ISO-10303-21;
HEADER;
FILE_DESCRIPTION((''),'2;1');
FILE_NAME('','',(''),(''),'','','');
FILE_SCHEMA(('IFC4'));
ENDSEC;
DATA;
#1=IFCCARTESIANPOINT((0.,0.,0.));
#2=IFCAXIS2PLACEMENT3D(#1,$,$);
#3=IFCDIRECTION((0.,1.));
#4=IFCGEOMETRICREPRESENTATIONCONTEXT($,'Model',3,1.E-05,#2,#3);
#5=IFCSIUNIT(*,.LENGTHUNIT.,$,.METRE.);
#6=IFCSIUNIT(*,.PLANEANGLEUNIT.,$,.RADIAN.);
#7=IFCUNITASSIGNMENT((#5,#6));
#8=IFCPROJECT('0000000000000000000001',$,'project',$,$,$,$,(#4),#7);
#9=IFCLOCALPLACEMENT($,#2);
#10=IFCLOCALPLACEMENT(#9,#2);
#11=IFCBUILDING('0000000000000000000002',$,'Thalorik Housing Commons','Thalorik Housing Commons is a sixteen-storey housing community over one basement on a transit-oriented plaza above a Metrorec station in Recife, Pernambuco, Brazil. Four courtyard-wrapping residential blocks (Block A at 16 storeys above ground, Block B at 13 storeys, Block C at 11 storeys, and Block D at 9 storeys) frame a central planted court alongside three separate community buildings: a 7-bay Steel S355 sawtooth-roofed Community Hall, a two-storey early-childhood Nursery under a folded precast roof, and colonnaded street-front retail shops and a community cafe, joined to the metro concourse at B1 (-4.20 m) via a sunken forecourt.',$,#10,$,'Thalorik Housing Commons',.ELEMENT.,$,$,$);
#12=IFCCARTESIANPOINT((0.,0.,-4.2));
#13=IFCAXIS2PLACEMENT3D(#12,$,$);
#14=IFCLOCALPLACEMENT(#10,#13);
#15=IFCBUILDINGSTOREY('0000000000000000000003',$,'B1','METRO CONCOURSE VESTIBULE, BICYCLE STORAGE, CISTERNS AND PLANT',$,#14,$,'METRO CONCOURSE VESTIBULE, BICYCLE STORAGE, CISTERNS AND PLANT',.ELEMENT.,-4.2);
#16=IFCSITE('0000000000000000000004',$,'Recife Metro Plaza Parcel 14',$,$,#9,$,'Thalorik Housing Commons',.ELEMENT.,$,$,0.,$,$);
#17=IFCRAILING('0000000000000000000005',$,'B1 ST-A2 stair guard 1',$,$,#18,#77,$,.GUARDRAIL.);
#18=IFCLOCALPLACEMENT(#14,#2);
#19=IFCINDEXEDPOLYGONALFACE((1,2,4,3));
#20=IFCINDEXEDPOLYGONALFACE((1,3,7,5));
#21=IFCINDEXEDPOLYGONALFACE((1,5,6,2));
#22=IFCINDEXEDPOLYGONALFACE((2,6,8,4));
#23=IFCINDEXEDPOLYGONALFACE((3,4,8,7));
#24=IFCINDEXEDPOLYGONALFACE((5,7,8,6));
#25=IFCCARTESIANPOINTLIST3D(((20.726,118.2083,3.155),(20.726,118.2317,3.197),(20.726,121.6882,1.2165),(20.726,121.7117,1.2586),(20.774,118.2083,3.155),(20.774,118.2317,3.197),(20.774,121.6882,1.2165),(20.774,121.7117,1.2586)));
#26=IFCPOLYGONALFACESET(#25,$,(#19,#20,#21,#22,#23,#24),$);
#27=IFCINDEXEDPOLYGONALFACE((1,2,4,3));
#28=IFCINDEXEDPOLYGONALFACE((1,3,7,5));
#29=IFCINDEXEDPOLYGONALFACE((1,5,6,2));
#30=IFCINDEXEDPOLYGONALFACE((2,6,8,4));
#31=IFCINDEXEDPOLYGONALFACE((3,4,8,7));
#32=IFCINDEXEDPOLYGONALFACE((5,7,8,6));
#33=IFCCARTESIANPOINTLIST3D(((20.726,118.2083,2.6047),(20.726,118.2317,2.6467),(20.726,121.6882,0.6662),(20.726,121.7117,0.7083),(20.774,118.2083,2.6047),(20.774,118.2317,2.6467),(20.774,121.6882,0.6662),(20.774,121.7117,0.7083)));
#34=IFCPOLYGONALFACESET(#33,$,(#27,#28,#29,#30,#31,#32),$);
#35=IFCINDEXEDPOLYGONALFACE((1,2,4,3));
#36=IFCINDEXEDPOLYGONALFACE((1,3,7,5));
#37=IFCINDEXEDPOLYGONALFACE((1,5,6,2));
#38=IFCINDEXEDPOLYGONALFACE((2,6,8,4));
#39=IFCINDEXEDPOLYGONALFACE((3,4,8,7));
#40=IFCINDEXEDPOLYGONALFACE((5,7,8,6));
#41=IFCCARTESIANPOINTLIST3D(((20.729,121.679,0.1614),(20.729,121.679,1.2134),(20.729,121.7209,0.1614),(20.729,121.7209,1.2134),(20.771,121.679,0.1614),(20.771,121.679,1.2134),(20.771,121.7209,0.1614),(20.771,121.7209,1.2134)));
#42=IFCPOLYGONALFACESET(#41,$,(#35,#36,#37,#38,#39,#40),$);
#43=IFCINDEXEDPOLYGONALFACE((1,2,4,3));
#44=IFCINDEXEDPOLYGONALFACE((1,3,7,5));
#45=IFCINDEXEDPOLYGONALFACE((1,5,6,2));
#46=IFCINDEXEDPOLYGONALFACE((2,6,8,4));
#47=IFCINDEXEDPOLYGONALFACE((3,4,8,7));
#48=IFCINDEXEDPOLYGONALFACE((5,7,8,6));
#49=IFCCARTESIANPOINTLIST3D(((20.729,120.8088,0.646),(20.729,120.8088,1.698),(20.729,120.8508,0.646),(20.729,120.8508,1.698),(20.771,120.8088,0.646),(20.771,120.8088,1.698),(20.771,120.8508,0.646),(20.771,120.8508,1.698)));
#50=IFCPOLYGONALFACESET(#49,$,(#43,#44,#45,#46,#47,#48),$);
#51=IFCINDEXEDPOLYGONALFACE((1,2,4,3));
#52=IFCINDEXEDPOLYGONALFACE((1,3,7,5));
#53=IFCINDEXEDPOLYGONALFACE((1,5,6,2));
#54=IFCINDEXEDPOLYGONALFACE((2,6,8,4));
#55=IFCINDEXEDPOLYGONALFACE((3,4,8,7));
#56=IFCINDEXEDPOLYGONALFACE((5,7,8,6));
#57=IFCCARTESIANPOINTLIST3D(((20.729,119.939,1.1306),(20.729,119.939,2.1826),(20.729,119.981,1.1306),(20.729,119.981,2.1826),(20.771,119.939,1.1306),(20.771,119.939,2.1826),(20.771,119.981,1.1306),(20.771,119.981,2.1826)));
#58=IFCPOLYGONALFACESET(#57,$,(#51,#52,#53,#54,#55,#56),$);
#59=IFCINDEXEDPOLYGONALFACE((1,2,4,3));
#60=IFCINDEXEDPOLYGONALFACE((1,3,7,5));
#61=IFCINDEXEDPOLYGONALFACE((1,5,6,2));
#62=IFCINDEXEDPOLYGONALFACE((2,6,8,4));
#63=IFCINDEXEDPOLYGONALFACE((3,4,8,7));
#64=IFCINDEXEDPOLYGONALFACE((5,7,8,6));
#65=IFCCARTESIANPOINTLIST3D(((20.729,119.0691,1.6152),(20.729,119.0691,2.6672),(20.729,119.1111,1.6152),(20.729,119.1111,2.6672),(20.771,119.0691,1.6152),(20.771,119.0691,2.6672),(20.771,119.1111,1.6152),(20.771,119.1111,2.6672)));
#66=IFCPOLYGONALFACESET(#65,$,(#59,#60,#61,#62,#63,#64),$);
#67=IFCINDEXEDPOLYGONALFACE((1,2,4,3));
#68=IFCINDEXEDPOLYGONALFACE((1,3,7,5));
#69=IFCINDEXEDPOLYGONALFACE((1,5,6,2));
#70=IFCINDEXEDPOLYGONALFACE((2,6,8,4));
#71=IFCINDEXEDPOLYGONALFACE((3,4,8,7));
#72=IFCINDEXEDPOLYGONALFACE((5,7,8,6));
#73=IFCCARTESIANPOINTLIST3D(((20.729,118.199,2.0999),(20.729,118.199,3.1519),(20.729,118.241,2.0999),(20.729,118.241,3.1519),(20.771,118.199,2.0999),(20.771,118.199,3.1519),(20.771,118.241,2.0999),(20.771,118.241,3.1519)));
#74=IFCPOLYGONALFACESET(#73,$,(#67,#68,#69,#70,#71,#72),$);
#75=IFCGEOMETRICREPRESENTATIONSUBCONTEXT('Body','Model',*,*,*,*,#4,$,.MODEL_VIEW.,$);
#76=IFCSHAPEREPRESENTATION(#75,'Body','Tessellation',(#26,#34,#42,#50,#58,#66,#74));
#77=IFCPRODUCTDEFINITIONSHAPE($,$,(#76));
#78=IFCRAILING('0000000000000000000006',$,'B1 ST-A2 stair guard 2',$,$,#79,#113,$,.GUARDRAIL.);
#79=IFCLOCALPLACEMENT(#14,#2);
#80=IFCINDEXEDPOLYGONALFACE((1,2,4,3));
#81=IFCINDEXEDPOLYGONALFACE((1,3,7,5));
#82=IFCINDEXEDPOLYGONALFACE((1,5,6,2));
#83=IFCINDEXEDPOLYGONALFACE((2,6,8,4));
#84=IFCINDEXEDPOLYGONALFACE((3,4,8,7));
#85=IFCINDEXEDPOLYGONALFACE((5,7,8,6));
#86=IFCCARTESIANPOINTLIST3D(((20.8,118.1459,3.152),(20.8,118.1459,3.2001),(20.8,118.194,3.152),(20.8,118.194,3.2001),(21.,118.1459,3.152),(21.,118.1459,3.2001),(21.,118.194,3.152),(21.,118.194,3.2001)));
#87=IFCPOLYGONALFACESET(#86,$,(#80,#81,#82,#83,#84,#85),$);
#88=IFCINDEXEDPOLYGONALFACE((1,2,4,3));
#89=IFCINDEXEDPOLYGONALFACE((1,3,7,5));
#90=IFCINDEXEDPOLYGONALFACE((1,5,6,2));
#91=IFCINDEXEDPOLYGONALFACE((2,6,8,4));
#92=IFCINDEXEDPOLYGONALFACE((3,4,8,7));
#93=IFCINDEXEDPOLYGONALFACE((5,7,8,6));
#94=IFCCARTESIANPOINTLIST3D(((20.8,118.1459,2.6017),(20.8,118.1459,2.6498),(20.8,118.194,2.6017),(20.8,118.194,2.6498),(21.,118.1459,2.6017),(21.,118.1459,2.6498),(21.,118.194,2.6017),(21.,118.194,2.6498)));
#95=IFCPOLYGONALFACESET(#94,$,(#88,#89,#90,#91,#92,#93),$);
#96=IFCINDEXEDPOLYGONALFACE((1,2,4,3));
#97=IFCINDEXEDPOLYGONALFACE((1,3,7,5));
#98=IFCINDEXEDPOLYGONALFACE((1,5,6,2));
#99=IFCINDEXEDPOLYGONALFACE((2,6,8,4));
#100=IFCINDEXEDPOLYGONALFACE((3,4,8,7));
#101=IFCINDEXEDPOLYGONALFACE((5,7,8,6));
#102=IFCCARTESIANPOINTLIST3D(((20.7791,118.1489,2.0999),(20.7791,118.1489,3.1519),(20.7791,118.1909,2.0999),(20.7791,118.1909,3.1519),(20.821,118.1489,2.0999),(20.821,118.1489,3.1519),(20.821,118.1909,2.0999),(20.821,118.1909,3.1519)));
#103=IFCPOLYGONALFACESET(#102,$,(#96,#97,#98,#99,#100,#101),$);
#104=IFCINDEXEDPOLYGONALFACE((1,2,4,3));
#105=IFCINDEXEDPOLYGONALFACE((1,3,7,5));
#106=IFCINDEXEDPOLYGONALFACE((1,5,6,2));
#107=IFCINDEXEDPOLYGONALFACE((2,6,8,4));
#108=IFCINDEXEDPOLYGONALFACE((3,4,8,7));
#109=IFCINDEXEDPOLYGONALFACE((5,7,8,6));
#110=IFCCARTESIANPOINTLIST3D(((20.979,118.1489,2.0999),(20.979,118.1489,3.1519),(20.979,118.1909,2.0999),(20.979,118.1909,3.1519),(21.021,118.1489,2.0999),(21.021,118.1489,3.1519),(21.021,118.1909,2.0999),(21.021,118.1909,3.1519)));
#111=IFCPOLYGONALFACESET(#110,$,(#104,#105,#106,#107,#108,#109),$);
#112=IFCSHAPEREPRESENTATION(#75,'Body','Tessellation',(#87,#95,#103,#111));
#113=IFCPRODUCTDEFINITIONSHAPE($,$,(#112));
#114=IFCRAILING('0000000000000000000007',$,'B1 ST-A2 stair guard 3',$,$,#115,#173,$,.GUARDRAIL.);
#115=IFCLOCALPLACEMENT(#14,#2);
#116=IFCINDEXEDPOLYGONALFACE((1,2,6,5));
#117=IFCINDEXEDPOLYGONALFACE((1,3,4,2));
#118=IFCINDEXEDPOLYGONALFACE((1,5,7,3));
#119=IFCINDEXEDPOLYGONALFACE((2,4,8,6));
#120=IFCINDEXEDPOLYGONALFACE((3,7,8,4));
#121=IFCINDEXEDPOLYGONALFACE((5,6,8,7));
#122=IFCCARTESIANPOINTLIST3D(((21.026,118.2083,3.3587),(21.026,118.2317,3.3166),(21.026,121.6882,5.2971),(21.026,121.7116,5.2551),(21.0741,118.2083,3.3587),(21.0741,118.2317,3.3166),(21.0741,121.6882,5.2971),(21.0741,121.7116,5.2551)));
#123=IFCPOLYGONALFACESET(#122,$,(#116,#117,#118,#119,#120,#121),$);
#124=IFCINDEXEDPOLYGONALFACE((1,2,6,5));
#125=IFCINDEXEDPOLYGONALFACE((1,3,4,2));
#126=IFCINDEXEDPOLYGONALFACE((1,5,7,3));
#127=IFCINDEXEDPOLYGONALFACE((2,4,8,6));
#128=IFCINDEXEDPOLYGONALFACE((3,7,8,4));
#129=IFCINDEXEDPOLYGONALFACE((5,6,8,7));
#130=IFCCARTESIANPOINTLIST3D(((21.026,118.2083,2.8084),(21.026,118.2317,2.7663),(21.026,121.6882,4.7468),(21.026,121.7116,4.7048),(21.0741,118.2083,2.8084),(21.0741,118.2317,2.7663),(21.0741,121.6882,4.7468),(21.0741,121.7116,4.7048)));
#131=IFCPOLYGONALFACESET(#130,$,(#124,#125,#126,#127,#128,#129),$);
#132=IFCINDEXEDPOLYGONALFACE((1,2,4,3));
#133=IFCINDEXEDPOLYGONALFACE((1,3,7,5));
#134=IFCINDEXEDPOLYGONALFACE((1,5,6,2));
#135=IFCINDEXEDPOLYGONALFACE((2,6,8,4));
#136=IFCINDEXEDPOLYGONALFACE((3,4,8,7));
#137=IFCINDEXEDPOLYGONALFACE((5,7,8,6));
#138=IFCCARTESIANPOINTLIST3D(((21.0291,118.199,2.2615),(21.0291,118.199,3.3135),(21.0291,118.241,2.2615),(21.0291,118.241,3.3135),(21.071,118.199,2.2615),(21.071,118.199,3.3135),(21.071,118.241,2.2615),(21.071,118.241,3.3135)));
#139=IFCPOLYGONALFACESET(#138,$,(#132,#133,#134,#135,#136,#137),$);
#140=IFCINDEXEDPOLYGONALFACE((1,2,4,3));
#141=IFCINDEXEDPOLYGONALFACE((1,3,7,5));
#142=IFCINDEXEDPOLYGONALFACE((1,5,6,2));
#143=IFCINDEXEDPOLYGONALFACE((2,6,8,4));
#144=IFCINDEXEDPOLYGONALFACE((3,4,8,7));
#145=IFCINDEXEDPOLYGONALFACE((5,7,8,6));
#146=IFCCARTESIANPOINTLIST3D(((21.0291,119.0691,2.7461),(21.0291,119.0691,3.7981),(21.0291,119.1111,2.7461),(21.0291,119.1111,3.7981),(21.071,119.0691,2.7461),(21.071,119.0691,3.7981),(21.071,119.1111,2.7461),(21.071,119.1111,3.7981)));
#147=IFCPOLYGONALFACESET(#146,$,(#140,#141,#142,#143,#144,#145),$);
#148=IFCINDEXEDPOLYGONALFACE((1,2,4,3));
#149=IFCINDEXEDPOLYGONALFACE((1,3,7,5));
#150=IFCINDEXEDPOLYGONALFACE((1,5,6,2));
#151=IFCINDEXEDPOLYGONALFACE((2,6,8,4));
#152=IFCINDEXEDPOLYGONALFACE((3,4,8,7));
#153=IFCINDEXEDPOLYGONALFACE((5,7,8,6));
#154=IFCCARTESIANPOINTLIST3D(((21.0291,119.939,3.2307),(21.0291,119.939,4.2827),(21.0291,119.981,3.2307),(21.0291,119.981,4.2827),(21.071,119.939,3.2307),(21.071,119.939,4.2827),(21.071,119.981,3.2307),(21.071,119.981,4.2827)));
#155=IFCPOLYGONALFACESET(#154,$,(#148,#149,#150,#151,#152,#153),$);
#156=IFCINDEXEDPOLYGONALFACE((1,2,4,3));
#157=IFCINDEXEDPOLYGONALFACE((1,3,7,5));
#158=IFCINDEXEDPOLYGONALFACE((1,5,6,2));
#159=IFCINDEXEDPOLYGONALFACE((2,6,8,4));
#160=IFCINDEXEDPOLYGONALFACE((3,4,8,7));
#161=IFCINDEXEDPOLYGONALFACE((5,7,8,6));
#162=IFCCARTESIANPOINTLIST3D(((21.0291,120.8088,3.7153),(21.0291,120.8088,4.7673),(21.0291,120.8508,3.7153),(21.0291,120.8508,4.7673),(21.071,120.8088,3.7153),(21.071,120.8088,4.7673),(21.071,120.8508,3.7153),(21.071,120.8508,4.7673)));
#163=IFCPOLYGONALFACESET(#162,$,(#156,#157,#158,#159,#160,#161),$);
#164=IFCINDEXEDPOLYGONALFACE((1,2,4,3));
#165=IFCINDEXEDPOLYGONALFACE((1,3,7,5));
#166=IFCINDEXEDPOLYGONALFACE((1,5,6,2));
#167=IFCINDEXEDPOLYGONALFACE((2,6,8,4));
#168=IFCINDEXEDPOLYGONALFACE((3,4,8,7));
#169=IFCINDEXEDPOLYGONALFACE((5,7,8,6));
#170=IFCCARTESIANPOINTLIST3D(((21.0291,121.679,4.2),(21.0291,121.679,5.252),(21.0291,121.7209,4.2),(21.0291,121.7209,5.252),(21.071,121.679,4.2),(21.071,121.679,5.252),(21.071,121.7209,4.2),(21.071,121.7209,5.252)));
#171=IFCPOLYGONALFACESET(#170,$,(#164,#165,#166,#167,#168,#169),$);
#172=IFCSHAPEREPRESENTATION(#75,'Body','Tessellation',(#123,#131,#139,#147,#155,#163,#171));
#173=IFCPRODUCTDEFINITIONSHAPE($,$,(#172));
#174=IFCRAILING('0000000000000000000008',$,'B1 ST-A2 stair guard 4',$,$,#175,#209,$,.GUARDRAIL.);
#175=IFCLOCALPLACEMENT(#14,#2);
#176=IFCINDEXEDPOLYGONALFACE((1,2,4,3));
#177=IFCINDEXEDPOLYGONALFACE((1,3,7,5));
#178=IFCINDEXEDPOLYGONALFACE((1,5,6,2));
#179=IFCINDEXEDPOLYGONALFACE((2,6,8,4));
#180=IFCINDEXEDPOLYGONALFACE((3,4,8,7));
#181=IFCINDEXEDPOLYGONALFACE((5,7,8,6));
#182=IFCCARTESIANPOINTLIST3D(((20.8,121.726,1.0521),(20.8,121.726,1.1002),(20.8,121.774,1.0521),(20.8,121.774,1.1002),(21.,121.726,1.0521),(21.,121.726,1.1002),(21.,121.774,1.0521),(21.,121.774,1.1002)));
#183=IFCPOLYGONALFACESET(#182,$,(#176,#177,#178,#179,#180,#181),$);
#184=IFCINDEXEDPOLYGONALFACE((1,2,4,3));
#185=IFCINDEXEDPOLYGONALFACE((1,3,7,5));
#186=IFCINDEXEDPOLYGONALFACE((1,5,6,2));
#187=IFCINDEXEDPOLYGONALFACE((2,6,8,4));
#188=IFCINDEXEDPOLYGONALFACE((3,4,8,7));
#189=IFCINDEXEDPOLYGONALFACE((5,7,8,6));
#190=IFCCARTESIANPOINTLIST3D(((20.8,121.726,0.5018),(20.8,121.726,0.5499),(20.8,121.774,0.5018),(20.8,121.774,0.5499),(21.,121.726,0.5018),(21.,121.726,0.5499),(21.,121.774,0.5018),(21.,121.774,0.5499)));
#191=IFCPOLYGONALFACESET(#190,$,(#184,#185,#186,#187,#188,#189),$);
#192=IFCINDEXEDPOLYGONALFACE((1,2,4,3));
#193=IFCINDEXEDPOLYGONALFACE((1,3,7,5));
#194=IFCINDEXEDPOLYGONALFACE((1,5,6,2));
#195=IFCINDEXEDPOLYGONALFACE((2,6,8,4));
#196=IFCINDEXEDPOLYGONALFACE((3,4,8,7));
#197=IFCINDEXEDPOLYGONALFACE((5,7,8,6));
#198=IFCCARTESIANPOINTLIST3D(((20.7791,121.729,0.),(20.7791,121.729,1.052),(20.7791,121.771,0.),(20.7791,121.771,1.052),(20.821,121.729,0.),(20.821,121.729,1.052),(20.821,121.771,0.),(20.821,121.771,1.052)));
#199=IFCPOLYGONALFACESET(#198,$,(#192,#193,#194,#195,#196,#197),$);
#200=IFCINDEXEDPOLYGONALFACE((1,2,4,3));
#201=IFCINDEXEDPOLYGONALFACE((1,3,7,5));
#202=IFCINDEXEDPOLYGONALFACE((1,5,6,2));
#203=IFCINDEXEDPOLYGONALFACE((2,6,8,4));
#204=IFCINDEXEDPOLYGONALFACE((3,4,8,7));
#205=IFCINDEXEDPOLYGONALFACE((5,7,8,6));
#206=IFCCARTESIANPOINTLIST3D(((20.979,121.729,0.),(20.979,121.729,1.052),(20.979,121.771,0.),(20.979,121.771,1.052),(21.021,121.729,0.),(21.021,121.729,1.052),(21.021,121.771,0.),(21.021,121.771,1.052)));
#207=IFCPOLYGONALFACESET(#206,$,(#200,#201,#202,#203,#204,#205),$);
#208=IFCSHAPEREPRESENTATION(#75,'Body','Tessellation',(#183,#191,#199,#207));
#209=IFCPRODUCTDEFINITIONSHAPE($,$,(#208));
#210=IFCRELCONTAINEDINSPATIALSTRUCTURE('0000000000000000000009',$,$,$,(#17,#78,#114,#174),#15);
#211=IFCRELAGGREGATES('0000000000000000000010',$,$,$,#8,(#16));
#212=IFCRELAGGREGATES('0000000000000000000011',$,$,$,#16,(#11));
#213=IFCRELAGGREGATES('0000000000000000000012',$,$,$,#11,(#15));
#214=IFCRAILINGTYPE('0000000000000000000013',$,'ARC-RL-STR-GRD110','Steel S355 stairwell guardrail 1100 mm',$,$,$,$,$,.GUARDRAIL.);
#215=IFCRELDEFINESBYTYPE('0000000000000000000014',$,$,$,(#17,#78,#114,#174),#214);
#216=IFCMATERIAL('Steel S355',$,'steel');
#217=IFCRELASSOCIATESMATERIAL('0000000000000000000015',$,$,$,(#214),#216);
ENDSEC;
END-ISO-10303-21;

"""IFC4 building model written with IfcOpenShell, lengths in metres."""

from ifc_helpers import new_model, si_unit, direction, frame, origin, origin_2d, place, context, subcontext, project, spatial, rectangle, extrude, material, type_object, element, save


model = new_model("IFC4")

# Units and contexts
model_context = context("Model", 3, precision=1e-05, world=origin(), true_north=direction((0.0, 1.0)))
body_context = subcontext(model_context, "Body", "Model", "MODEL_VIEW")
ifc_project = project(units=[si_unit("LENGTHUNIT", "METRE"), si_unit("PLANEANGLEUNIT", "RADIAN")], contexts=[model_context])

# Site, building, storey
site_placement = place(None, origin())
site = spatial("IfcSite", under=ifc_project, at=site_placement, Name="Recife Metro Plaza Parcel 14", LongName="Thalorik Housing Commons", CompositionType="ELEMENT", RefElevation=0.0)
building_placement = place(site_placement, origin())
building = spatial("IfcBuilding", under=site, at=building_placement, Name="Thalorik Housing Commons", Description="Thalorik Housing Commons is a sixteen-storey housing community over one basement on a transit-oriented plaza above a Metrorec station in Recife, Pernambuco, Brazil. Four courtyard-wrapping residential blocks (Block A at 16 storeys above ground, Block B at 13 storeys, Block C at 11 storeys, and Block D at 9 storeys) frame a central planted court alongside three separate community buildings: a 7-bay Steel S355 sawtooth-roofed Community Hall, a two-storey early-childhood Nursery under a folded precast roof, and colonnaded street-front retail shops and a community cafe, joined to the metro concourse at B1 (-4.20 m) via a sunken forecourt.", LongName="Thalorik Housing Commons", CompositionType="ELEMENT")
storey_placement = place(building_placement, frame((0.0, 0.0, -4.2)))
storey = spatial("IfcBuildingStorey", under=building, at=storey_placement, Name="B1", Description="METRO CONCOURSE VESTIBULE, BICYCLE STORAGE, CISTERNS AND PLANT", LongName="METRO CONCOURSE VESTIBULE, BICYCLE STORAGE, CISTERNS AND PLANT", CompositionType="ELEMENT", Elevation=-4.2)

# Shared definitions
ifc_material_1 = material(Name="Steel S355", Category="steel")

# Railings
railing_type_1 = type_object("IfcRailingType", Name="ARC-RL-STR-GRD110", Description="Steel S355 stairwell guardrail 1100 mm", PredefinedType="GUARDRAIL", material=ifc_material_1)
railing_1_placement = place(storey_placement, frame((20.75, 121.7, 0.1614)))
element("IfcRailing", 1, at=railing_1_placement, inside=storey, type_object=railing_type_1, Name="B1 ST-A2 stair guard 1", PredefinedType="GUARDRAIL", context=body_context, shape_type="SweptSolid", body=[
    extrude(rectangle(XDim=0.0481, YDim=0.0481, at=origin_2d()), frame((0.0, 0.0, 1.0762), z_axis=(0.0, -0.873607, 0.486631), x_axis=(1.0, 0.0, 0.0)), (0.0, 0.0, 1.0), 3.9834),
    extrude(rectangle(XDim=0.0481, YDim=0.0481, at=origin_2d()), frame((0.0, 0.0, 0.5259), z_axis=(0.0, -0.873607, 0.486631), x_axis=(1.0, 0.0, 0.0)), (0.0, 0.0, 1.0), 3.9834),
    extrude(rectangle(XDim=0.042, YDim=0.042, at=origin_2d()), origin(), (0.0, 0.0, 1.0), 1.052),
    extrude(rectangle(XDim=0.042, YDim=0.042, at=origin_2d()), frame((0.0, -0.8701, 0.4846)), (0.0, 0.0, 1.0), 1.052),
    extrude(rectangle(XDim=0.042, YDim=0.042, at=origin_2d()), frame((0.0, -1.74, 0.9692)), (0.0, 0.0, 1.0), 1.052),
    extrude(rectangle(XDim=0.042, YDim=0.042, at=origin_2d()), frame((0.0, -2.6099, 1.4539)), (0.0, 0.0, 1.0), 1.052),
    extrude(rectangle(XDim=0.042, YDim=0.042, at=origin_2d()), frame((0.0, -3.48, 1.9385)), (0.0, 0.0, 1.0), 1.052),
])
railing_2_placement = place(storey_placement, frame((20.8, 118.1699, 2.0999)))
element("IfcRailing", 2, at=railing_2_placement, inside=storey, type_object=railing_type_1, Name="B1 ST-A2 stair guard 2", PredefinedType="GUARDRAIL", context=body_context, shape_type="SweptSolid", body=[
    extrude(rectangle(XDim=0.0481, YDim=0.0481, at=origin_2d()), frame((0.0, 0.0, 1.0762), z_axis=(1.0, 0.0, 0.0), x_axis=(0.0, 1.0, 0.0)), (0.0, 0.0, 1.0), 0.2),
    extrude(rectangle(XDim=0.0481, YDim=0.0481, at=origin_2d()), frame((0.0, 0.0, 0.5259), z_axis=(1.0, 0.0, 0.0), x_axis=(0.0, 1.0, 0.0)), (0.0, 0.0, 1.0), 0.2),
    extrude(rectangle(XDim=0.042, YDim=0.042, at=origin_2d()), origin(), (0.0, 0.0, 1.0), 1.052),
    extrude(rectangle(XDim=0.042, YDim=0.042, at=origin_2d()), frame((0.2, 0.0, 0.0)), (0.0, 0.0, 1.0), 1.052),
])
railing_3_placement = place(storey_placement, frame((21.05, 118.22, 2.2615)))
element("IfcRailing", 3, at=railing_3_placement, inside=storey, type_object=railing_type_1, Name="B1 ST-A2 stair guard 3", PredefinedType="GUARDRAIL", context=body_context, shape_type="SweptSolid", body=[
    extrude(rectangle(XDim=0.0481, YDim=0.0481, at=origin_2d()), frame((0.0, 0.0, 1.0762), z_axis=(0.0, 0.873607, 0.486631), x_axis=(-1.0, 0.0, 0.0)), (0.0, 0.0, 1.0), 3.9834),
    extrude(rectangle(XDim=0.0481, YDim=0.0481, at=origin_2d()), frame((0.0, 0.0, 0.5259), z_axis=(0.0, 0.873607, 0.486631), x_axis=(-1.0, 0.0, 0.0)), (0.0, 0.0, 1.0), 3.9834),
    extrude(rectangle(XDim=0.042, YDim=0.042, at=origin_2d()), origin(), (0.0, 0.0, 1.0), 1.052),
    extrude(rectangle(XDim=0.042, YDim=0.042, at=origin_2d()), frame((0.0, 0.8701, 0.4846)), (0.0, 0.0, 1.0), 1.052),
    extrude(rectangle(XDim=0.042, YDim=0.042, at=origin_2d()), frame((0.0, 1.74, 0.9692)), (0.0, 0.0, 1.0), 1.052),
    extrude(rectangle(XDim=0.042, YDim=0.042, at=origin_2d()), frame((0.0, 2.6099, 1.4539)), (0.0, 0.0, 1.0), 1.052),
    extrude(rectangle(XDim=0.042, YDim=0.042, at=origin_2d()), frame((0.0, 3.48, 1.9385)), (0.0, 0.0, 1.0), 1.052),
])
railing_4_placement = place(storey_placement, frame((20.8, 121.75, 0.0)))
element("IfcRailing", 4, at=railing_4_placement, inside=storey, type_object=railing_type_1, Name="B1 ST-A2 stair guard 4", PredefinedType="GUARDRAIL", context=body_context, shape_type="SweptSolid", body=[
    extrude(rectangle(XDim=0.0481, YDim=0.0481, at=origin_2d()), frame((0.0, 0.0, 1.0762), z_axis=(1.0, 0.0, 0.0), x_axis=(0.0, 1.0, 0.0)), (0.0, 0.0, 1.0), 0.2),
    extrude(rectangle(XDim=0.0481, YDim=0.0481, at=origin_2d()), frame((0.0, 0.0, 0.5259), z_axis=(1.0, 0.0, 0.0), x_axis=(0.0, 1.0, 0.0)), (0.0, 0.0, 1.0), 0.2),
    extrude(rectangle(XDim=0.042, YDim=0.042, at=origin_2d()), origin(), (0.0, 0.0, 1.0), 1.052),
    extrude(rectangle(XDim=0.042, YDim=0.042, at=origin_2d()), frame((0.2, 0.0, 0.0)), (0.0, 0.0, 1.0), 1.052),
])

save(model, "model.ifc")
